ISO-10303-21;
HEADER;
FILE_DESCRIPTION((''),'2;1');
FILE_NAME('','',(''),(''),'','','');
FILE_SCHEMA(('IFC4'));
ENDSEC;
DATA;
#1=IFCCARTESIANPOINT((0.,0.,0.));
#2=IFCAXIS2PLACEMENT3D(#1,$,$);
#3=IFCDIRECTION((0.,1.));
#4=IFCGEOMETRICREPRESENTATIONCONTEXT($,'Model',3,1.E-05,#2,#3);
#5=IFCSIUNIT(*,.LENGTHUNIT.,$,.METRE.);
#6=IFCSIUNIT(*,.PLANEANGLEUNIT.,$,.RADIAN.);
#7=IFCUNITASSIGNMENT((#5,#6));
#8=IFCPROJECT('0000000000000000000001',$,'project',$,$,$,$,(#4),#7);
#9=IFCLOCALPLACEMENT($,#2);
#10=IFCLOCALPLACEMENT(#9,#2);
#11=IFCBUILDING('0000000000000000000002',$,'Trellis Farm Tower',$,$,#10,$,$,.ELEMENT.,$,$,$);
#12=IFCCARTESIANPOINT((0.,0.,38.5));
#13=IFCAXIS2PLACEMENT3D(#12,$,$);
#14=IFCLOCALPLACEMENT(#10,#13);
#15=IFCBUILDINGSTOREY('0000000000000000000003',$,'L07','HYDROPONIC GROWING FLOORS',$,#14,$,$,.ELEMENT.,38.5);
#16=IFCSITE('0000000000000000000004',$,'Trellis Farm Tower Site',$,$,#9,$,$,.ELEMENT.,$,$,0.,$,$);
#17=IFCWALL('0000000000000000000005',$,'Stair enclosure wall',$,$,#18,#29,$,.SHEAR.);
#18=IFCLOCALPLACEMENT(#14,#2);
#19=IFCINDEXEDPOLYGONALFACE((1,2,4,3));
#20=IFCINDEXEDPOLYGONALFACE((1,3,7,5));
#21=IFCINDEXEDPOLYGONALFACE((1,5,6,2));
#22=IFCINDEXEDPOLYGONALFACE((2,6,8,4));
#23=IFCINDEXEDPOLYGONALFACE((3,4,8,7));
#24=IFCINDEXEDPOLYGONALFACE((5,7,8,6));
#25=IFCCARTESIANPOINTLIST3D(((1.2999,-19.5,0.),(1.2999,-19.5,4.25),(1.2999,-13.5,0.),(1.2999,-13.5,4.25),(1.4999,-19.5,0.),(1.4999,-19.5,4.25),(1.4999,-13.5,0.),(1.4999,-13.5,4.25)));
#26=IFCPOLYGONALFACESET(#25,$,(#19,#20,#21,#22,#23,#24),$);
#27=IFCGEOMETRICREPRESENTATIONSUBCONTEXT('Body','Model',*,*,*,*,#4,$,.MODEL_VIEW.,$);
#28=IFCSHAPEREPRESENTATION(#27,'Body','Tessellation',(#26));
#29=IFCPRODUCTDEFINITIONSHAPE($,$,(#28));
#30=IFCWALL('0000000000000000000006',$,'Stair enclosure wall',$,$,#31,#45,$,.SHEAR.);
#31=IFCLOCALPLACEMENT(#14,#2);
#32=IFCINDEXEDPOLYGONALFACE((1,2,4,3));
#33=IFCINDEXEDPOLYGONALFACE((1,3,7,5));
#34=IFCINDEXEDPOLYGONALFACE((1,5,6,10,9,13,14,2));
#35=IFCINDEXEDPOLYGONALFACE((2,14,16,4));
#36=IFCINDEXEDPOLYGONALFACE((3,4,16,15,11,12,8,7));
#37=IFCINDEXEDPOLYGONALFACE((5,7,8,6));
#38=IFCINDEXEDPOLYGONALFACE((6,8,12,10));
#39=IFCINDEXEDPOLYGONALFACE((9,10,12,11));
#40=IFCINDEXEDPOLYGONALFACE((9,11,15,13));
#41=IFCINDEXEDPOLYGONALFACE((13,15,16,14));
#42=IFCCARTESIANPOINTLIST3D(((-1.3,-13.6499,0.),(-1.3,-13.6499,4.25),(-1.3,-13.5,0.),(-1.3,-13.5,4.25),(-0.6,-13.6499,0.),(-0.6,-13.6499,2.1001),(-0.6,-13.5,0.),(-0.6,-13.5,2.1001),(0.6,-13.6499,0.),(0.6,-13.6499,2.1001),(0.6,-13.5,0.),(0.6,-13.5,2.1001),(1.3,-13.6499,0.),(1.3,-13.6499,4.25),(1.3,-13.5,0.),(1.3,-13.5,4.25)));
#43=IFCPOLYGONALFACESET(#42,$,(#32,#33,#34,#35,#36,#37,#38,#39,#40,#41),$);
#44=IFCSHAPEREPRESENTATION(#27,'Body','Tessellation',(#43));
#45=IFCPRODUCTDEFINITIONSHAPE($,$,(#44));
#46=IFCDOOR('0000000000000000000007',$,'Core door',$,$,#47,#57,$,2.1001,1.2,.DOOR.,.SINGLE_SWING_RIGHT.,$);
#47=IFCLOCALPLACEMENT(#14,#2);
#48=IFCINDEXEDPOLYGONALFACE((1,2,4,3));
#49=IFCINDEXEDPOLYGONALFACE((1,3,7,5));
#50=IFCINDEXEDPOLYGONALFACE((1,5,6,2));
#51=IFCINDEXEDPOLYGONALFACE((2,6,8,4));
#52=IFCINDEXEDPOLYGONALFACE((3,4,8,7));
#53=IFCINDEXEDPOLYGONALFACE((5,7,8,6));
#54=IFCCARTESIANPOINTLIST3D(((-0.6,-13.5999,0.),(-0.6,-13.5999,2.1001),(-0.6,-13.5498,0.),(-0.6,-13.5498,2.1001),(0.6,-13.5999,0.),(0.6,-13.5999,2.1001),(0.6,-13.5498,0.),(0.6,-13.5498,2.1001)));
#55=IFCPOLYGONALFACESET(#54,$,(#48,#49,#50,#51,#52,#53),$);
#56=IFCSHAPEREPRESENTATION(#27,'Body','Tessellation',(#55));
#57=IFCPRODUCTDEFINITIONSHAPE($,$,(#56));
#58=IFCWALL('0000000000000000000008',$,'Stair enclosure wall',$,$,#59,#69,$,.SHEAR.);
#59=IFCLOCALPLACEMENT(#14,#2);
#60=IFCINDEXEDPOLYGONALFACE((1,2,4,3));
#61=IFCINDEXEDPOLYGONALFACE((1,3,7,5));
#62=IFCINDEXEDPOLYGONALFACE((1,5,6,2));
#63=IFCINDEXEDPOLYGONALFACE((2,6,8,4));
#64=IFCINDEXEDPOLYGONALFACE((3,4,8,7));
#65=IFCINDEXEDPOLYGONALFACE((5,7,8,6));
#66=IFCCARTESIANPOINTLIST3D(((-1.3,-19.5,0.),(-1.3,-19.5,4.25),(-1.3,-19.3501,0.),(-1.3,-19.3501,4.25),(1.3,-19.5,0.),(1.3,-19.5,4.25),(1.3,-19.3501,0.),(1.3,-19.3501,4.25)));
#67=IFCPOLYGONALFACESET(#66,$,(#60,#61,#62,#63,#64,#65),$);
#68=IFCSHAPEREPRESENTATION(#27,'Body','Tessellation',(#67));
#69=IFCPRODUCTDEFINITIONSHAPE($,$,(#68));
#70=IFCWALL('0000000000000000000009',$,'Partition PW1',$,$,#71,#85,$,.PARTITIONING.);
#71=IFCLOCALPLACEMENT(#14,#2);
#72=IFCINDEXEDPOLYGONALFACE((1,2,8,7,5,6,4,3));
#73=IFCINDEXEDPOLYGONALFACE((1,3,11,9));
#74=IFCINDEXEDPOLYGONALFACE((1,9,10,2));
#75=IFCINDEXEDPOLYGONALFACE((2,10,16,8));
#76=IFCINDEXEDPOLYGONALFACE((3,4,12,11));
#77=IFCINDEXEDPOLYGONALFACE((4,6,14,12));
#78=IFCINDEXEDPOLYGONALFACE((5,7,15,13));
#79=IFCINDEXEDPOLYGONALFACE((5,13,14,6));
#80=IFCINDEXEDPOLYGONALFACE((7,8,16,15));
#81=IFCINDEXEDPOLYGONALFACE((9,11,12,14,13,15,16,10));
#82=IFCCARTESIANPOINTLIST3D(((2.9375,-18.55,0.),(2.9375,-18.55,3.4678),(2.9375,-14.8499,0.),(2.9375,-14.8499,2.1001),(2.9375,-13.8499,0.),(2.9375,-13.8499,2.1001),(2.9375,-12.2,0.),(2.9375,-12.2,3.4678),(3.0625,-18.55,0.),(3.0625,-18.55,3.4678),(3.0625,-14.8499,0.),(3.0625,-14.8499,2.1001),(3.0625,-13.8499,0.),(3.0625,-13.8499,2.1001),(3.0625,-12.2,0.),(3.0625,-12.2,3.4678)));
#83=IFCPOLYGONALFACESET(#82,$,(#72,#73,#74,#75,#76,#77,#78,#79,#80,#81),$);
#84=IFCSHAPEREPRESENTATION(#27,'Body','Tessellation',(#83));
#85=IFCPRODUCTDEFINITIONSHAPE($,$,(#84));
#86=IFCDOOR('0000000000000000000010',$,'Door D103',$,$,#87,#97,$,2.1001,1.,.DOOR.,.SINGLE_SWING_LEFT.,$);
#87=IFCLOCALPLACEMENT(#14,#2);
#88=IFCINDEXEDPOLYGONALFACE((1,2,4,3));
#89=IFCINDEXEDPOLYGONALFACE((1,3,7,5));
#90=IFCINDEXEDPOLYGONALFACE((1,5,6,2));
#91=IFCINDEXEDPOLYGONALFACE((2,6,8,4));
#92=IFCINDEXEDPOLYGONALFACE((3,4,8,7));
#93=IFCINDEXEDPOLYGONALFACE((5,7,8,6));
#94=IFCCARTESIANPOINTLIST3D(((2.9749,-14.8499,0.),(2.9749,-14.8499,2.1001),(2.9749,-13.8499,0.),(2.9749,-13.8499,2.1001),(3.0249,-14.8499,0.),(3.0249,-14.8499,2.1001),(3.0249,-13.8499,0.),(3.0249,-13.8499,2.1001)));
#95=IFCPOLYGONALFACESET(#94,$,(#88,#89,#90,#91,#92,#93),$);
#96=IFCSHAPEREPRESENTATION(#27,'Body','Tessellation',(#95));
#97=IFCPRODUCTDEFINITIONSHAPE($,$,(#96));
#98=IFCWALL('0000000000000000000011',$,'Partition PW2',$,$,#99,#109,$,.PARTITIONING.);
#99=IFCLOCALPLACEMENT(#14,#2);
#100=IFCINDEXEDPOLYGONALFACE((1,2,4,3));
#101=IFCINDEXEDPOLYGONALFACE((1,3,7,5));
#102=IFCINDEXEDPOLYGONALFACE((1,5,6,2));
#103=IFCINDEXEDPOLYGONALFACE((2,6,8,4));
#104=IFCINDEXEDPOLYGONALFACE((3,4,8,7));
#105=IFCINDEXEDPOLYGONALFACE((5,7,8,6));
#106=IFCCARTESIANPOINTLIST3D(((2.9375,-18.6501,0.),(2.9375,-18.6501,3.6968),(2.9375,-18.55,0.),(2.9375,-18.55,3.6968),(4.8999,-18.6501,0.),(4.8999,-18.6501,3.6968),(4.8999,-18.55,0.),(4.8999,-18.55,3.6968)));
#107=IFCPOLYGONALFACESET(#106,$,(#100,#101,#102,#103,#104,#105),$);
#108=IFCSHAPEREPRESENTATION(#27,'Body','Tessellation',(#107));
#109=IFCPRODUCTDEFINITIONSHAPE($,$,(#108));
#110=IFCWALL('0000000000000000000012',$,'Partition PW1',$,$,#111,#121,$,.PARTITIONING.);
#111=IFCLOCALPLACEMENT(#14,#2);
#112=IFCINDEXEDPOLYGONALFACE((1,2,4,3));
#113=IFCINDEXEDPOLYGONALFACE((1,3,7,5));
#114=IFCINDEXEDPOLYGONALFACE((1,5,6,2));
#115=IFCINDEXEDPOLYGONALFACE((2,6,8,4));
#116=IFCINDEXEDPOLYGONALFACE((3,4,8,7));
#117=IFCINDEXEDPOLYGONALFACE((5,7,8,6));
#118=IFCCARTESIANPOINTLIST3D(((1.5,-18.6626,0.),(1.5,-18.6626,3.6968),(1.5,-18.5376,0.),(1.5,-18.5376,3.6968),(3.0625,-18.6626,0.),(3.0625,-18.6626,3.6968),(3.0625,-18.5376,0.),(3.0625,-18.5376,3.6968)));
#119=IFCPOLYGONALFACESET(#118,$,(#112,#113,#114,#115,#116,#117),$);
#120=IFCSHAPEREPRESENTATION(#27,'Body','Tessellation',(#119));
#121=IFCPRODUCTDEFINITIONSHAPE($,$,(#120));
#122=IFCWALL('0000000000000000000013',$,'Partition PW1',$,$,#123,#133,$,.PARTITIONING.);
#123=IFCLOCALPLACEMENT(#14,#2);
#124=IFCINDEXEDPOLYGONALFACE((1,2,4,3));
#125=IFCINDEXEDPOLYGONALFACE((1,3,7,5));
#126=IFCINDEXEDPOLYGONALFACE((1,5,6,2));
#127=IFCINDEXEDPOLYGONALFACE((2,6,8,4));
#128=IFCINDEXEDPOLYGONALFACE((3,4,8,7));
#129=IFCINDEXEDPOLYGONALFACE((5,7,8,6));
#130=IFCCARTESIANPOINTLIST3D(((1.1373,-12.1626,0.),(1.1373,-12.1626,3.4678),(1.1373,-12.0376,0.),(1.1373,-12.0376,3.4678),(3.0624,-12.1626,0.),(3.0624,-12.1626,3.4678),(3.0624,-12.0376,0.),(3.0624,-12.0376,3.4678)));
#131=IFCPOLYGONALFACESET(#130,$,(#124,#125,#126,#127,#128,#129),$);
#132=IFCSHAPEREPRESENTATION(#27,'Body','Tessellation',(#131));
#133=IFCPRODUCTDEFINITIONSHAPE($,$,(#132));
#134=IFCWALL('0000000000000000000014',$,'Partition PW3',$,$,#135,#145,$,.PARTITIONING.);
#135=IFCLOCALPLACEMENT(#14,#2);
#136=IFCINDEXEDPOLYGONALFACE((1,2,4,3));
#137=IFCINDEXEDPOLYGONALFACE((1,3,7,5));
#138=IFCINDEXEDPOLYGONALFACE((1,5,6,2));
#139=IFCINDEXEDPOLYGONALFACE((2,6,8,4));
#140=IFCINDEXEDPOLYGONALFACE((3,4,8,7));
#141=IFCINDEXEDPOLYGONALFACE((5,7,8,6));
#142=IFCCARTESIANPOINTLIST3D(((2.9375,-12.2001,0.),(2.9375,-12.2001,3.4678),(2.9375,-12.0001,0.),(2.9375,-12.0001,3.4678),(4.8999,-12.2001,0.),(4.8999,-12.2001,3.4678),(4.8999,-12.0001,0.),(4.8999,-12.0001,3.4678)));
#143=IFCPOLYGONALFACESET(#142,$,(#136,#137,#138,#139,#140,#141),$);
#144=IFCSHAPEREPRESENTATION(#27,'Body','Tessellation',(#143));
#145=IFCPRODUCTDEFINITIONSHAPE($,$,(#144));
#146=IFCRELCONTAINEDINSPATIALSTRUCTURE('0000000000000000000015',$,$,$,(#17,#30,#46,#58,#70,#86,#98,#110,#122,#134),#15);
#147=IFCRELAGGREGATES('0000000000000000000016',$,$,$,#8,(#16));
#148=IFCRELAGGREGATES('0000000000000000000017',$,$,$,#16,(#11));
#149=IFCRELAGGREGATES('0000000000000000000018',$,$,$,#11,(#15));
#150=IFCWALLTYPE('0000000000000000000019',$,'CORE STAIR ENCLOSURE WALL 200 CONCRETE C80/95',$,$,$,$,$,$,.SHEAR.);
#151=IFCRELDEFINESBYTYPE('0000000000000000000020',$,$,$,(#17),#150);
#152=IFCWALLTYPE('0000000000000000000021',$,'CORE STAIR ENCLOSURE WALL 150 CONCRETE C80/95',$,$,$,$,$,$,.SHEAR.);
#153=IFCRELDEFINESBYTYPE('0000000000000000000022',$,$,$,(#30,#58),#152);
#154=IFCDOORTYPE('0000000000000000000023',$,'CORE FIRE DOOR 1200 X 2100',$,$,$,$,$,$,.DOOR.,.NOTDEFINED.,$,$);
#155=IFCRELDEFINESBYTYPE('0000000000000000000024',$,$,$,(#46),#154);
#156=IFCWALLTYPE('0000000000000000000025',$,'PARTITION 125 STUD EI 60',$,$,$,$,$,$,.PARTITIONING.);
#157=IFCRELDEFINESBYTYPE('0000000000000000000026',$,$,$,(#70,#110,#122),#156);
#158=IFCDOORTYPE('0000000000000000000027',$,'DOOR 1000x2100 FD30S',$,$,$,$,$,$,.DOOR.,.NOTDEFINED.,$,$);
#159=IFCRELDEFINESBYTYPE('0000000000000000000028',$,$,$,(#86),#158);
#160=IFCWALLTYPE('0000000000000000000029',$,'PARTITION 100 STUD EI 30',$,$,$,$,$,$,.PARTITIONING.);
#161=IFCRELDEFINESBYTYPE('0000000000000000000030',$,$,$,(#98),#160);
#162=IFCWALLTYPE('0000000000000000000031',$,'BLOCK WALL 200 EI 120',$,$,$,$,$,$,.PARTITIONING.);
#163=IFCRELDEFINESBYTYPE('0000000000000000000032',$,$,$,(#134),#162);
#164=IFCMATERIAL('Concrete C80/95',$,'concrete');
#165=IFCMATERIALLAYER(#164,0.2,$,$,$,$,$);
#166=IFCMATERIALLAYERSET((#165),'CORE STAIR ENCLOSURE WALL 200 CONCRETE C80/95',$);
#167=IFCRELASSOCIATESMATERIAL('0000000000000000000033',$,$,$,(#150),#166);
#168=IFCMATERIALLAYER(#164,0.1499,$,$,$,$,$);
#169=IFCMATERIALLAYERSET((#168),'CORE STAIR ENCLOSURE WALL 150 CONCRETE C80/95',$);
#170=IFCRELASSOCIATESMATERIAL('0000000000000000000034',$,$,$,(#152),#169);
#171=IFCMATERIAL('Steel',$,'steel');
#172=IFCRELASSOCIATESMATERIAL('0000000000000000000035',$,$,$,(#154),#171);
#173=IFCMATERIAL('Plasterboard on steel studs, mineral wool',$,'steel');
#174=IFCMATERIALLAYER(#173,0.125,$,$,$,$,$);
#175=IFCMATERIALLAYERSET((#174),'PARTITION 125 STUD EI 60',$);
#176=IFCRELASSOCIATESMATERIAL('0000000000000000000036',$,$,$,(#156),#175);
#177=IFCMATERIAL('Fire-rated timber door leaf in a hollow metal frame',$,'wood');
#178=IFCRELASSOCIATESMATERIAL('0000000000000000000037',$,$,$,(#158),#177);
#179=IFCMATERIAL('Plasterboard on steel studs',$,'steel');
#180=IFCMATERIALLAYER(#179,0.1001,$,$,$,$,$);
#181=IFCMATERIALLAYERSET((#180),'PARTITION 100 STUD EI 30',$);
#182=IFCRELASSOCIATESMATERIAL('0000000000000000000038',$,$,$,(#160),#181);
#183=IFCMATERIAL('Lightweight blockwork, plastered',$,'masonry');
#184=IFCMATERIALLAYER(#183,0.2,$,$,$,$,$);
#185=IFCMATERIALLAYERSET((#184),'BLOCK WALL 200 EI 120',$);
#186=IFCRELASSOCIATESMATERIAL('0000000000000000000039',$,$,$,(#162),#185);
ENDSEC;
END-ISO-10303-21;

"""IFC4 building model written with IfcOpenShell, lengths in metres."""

from ifc_helpers import new_model, si_unit, direction, frame, frame_2d, origin, place, context, subcontext, project, spatial, rectangle, extrude, source, transform, mapped, material, layer, layer_set, type_object, element, fill, save


model = new_model("IFC4")

# Units and contexts
model_context = context("Model", 3, precision=1e-05, world=origin(), true_north=direction((0.0, 1.0)))
body_context = subcontext(model_context, "Body", "Model", "MODEL_VIEW")
ifc_project = project(units=[si_unit("LENGTHUNIT", "METRE"), si_unit("PLANEANGLEUNIT", "RADIAN")], contexts=[model_context])

# Site, building, storey
site_placement = place(None, origin())
site = spatial("IfcSite", under=ifc_project, at=site_placement, Name="Trellis Farm Tower Site", CompositionType="ELEMENT", RefElevation=0.0)
building_placement = place(site_placement, origin())
building = spatial("IfcBuilding", under=site, at=building_placement, Name="Trellis Farm Tower", CompositionType="ELEMENT")
storey_placement = place(building_placement, frame((0.0, 0.0, 38.5)))
storey = spatial("IfcBuildingStorey", under=building, at=storey_placement, Name="L07", Description="HYDROPONIC GROWING FLOORS", CompositionType="ELEMENT", Elevation=38.5)

# Shared definitions
ifc_material_1 = material(Name="Concrete C80/95", Category="concrete")

# Wall
ifc_layer_1 = layer(ifc_material_1, 0.2)
ifc_layer_set_1 = layer_set([ifc_layer_1], Name="CORE STAIR ENCLOSURE WALL 200 CONCRETE C80/95")
wall_type_1 = type_object("IfcWallType", Name="CORE STAIR ENCLOSURE WALL 200 CONCRETE C80/95", PredefinedType="SHEAR", material=ifc_layer_set_1)
shared_shape_1 = source(origin(), body_context, "Body", "SweptSolid", [
    extrude(rectangle(XDim=6.0, YDim=0.2, at=frame_2d((3.0, 0.0))), origin(), (0.0, 0.0, 1.0), 4.25),
])
wall_1_placement = place(storey_placement, frame((1.3999, -13.5, 0.0), z_axis=(0.0, 0.0, 1.0), x_axis=(0.0, -1.0, 0.0)))
element("IfcWall", 1, at=wall_1_placement, inside=storey, type_object=wall_type_1, Name="Stair enclosure wall", PredefinedType="SHEAR", context=body_context, shape_type="MappedRepresentation", body=[
    mapped(shared_shape_1, transform((0.0, 0.0, 0.0))),
])

# Wall, opening, door
ifc_layer_2 = layer(ifc_material_1, 0.1499)
ifc_layer_set_2 = layer_set([ifc_layer_2], Name="CORE STAIR ENCLOSURE WALL 150 CONCRETE C80/95")
wall_type_2 = type_object("IfcWallType", Name="CORE STAIR ENCLOSURE WALL 150 CONCRETE C80/95", PredefinedType="SHEAR", material=ifc_layer_set_2)
shared_shape_2 = source(origin(), body_context, "Body", "SweptSolid", [
    extrude(rectangle(XDim=2.6001, YDim=0.1499, at=frame_2d((1.3, 0.0))), origin(), (0.0, 0.0, 1.0), 4.25),
])
wall_2_placement = place(storey_placement, frame((1.3, -13.575, 0.0), z_axis=(0.0, 0.0, 1.0), x_axis=(-1.0, 0.0, 0.0)))
wall_2 = element("IfcWall", 2, at=wall_2_placement, inside=storey, type_object=wall_type_2, Name="Stair enclosure wall", PredefinedType="SHEAR", context=body_context, shape_type="MappedRepresentation", body=[
    mapped(shared_shape_2, transform((0.0, 0.0, 0.0))),
])
shared_shape_3 = source(origin(), body_context, "Body", "SweptSolid", [
    extrude(rectangle(XDim=1.2, YDim=2.1001, at=frame_2d((0.6001, 1.05))), frame((0.0, 0.085, 0.0), z_axis=(0.0, -1.0, 0.0), x_axis=(1.0, 0.0, 0.0)), (0.0, 0.0, 1.0), 0.1699),
])
opening_1_placement = place(wall_2_placement, frame((0.7, 0.0, 0.0)))
opening_1 = element("IfcOpeningElement", 3, at=opening_1_placement, cuts=wall_2, PredefinedType="OPENING", context=body_context, shape_type="MappedRepresentation", body=[
    mapped(shared_shape_3, transform((0.0, 0.0, 0.0))),
])
ifc_material_2 = material(Name="Steel", Category="steel")
door_type_1 = type_object("IfcDoorType", Name="CORE FIRE DOOR 1200 X 2100", OperationType="NOTDEFINED", PredefinedType="DOOR", material=ifc_material_2)
shared_shape_4 = source(origin(), body_context, "Body", "SweptSolid", [
    extrude(rectangle(XDim=1.2, YDim=2.1001, at=frame_2d((0.6001, 1.05))), frame((0.0, 0.0249, 0.0), z_axis=(0.0, -1.0, 0.0), x_axis=(1.0, 0.0, 0.0)), (0.0, 0.0, 1.0), 0.05),
])
door_1_placement = place(opening_1_placement, origin())
door_1 = element("IfcDoor", 4, at=door_1_placement, inside=storey, type_object=door_type_1, Name="Core door", OperationType="SINGLE_SWING_RIGHT", OverallHeight=2.1001, OverallWidth=1.2, PredefinedType="DOOR", context=body_context, shape_type="MappedRepresentation", body=[
    mapped(shared_shape_4, transform((0.0, 0.0, 0.0))),
])
fill(opening_1, door_1)

# Wall
wall_3_placement = place(storey_placement, frame((1.3, -19.425, 0.0), z_axis=(0.0, 0.0, 1.0), x_axis=(-1.0, 0.0, 0.0)))
element("IfcWall", 5, at=wall_3_placement, inside=storey, type_object=wall_type_2, Name="Stair enclosure wall", PredefinedType="SHEAR", context=body_context, shape_type="MappedRepresentation", body=[
    mapped(shared_shape_2, transform((0.0, 0.0, 0.0))),
])

# Wall, opening, door
ifc_material_3 = material(Name="Plasterboard on steel studs, mineral wool", Category="steel")
ifc_layer_3 = layer(ifc_material_3, 0.125)
ifc_layer_set_3 = layer_set([ifc_layer_3], Name="PARTITION 125 STUD EI 60")
wall_type_3 = type_object("IfcWallType", Name="PARTITION 125 STUD EI 60", PredefinedType="PARTITIONING", material=ifc_layer_set_3)
shared_shape_5 = source(origin(), body_context, "Body", "SweptSolid", [
    extrude(rectangle(XDim=6.3501, YDim=0.125, at=frame_2d((3.175, 0.0))), origin(), (0.0, 0.0, 1.0), 3.4678),
])
wall_4_placement = place(storey_placement, frame((3.0, -12.2, 0.0), z_axis=(0.0, 0.0, 1.0), x_axis=(0.0, -1.0, 0.0)))
wall_4 = element("IfcWall", 6, at=wall_4_placement, inside=storey, type_object=wall_type_3, Name="Partition PW1", PredefinedType="PARTITIONING", context=body_context, shape_type="MappedRepresentation", body=[
    mapped(shared_shape_5, transform((0.0, 0.0, 0.0))),
])
shared_shape_6 = source(origin(), body_context, "Body", "SweptSolid", [
    extrude(rectangle(XDim=1.0, YDim=2.1001, at=frame_2d((0.5, 1.05))), frame((0.0, 0.0725, 0.0), z_axis=(0.0, -1.0, 0.0), x_axis=(1.0, 0.0, 0.0)), (0.0, 0.0, 1.0), 0.145),
])
opening_2_placement = place(wall_4_placement, frame((1.6499, 0.0, 0.0)))
opening_2 = element("IfcOpeningElement", 7, at=opening_2_placement, cuts=wall_4, PredefinedType="OPENING", context=body_context, shape_type="MappedRepresentation", body=[
    mapped(shared_shape_6, transform((0.0, 0.0, 0.0))),
])
ifc_material_4 = material(Name="Fire-rated timber door leaf in a hollow metal frame", Category="wood")
door_type_2 = type_object("IfcDoorType", Name="DOOR 1000x2100 FD30S", OperationType="NOTDEFINED", PredefinedType="DOOR", material=ifc_material_4)
shared_shape_7 = source(origin(), body_context, "Body", "SweptSolid", [
    extrude(rectangle(XDim=1.0, YDim=2.1001, at=frame_2d((0.5, 1.05))), frame((0.0, 0.0249, 0.0), z_axis=(0.0, -1.0, 0.0), x_axis=(1.0, 0.0, 0.0)), (0.0, 0.0, 1.0), 0.05),
])
door_2_placement = place(opening_2_placement, origin())
door_2 = element("IfcDoor", 8, at=door_2_placement, inside=storey, type_object=door_type_2, Name="Door D103", OperationType="SINGLE_SWING_LEFT", OverallHeight=2.1001, OverallWidth=1.0, PredefinedType="DOOR", context=body_context, shape_type="MappedRepresentation", body=[
    mapped(shared_shape_7, transform((0.0, 0.0, 0.0))),
])
fill(opening_2, door_2)

# Walls
ifc_material_5 = material(Name="Plasterboard on steel studs", Category="steel")
ifc_layer_4 = layer(ifc_material_5, 0.1001)
ifc_layer_set_4 = layer_set([ifc_layer_4], Name="PARTITION 100 STUD EI 30")
wall_type_4 = type_object("IfcWallType", Name="PARTITION 100 STUD EI 30", PredefinedType="PARTITIONING", material=ifc_layer_set_4)
shared_shape_8 = source(origin(), body_context, "Body", "SweptSolid", [
    extrude(rectangle(XDim=1.9624, YDim=0.1001, at=frame_2d((0.9812, 0.0))), origin(), (0.0, 0.0, 1.0), 3.6968),
])
wall_5_placement = place(storey_placement, frame((2.9375, -18.6001, 0.0), z_axis=(0.0, 0.0, 1.0), x_axis=(1.0, 0.0, 0.0)))
element("IfcWall", 9, at=wall_5_placement, inside=storey, type_object=wall_type_4, Name="Partition PW2", PredefinedType="PARTITIONING", context=body_context, shape_type="MappedRepresentation", body=[
    mapped(shared_shape_8, transform((0.0, 0.0, 0.0))),
])
shared_shape_9 = source(origin(), body_context, "Body", "SweptSolid", [
    extrude(rectangle(XDim=1.5625, YDim=0.125, at=frame_2d((0.7812, 0.0))), origin(), (0.0, 0.0, 1.0), 3.6968),
])
wall_6_placement = place(storey_placement, frame((3.0625, -18.6001, 0.0), z_axis=(0.0, 0.0, 1.0), x_axis=(-1.0, 0.0, 0.0)))
element("IfcWall", 10, at=wall_6_placement, inside=storey, type_object=wall_type_3, Name="Partition PW1", PredefinedType="PARTITIONING", context=body_context, shape_type="MappedRepresentation", body=[
    mapped(shared_shape_9, transform((0.0, 0.0, 0.0))),
])
shared_shape_10 = source(origin(), body_context, "Body", "SweptSolid", [
    extrude(rectangle(XDim=1.925, YDim=0.125, at=frame_2d((0.9624, 0.0))), origin(), (0.0, 0.0, 1.0), 3.4678),
])
wall_7_placement = place(storey_placement, frame((1.1375, -12.1001, 0.0), z_axis=(0.0, 0.0, 1.0), x_axis=(1.0, 0.0, 0.0)))
element("IfcWall", 11, at=wall_7_placement, inside=storey, type_object=wall_type_3, Name="Partition PW1", PredefinedType="PARTITIONING", context=body_context, shape_type="MappedRepresentation", body=[
    mapped(shared_shape_10, transform((0.0, 0.0, 0.0))),
])
ifc_material_6 = material(Name="Lightweight blockwork, plastered", Category="masonry")
ifc_layer_5 = layer(ifc_material_6, 0.2)
ifc_layer_set_5 = layer_set([ifc_layer_5], Name="BLOCK WALL 200 EI 120")
wall_type_5 = type_object("IfcWallType", Name="BLOCK WALL 200 EI 120", PredefinedType="PARTITIONING", material=ifc_layer_set_5)
shared_shape_11 = source(origin(), body_context, "Body", "SweptSolid", [
    extrude(rectangle(XDim=1.9624, YDim=0.2, at=frame_2d((0.9812, 0.0))), origin(), (0.0, 0.0, 1.0), 3.4678),
])
wall_8_placement = place(storey_placement, frame((2.9375, -12.1001, 0.0), z_axis=(0.0, 0.0, 1.0), x_axis=(1.0, 0.0, 0.0)))
element("IfcWall", 12, at=wall_8_placement, inside=storey, type_object=wall_type_5, Name="Partition PW3", PredefinedType="PARTITIONING", context=body_context, shape_type="MappedRepresentation", body=[
    mapped(shared_shape_11, transform((0.0, 0.0, 0.0))),
])

save(model, "model.ifc")
